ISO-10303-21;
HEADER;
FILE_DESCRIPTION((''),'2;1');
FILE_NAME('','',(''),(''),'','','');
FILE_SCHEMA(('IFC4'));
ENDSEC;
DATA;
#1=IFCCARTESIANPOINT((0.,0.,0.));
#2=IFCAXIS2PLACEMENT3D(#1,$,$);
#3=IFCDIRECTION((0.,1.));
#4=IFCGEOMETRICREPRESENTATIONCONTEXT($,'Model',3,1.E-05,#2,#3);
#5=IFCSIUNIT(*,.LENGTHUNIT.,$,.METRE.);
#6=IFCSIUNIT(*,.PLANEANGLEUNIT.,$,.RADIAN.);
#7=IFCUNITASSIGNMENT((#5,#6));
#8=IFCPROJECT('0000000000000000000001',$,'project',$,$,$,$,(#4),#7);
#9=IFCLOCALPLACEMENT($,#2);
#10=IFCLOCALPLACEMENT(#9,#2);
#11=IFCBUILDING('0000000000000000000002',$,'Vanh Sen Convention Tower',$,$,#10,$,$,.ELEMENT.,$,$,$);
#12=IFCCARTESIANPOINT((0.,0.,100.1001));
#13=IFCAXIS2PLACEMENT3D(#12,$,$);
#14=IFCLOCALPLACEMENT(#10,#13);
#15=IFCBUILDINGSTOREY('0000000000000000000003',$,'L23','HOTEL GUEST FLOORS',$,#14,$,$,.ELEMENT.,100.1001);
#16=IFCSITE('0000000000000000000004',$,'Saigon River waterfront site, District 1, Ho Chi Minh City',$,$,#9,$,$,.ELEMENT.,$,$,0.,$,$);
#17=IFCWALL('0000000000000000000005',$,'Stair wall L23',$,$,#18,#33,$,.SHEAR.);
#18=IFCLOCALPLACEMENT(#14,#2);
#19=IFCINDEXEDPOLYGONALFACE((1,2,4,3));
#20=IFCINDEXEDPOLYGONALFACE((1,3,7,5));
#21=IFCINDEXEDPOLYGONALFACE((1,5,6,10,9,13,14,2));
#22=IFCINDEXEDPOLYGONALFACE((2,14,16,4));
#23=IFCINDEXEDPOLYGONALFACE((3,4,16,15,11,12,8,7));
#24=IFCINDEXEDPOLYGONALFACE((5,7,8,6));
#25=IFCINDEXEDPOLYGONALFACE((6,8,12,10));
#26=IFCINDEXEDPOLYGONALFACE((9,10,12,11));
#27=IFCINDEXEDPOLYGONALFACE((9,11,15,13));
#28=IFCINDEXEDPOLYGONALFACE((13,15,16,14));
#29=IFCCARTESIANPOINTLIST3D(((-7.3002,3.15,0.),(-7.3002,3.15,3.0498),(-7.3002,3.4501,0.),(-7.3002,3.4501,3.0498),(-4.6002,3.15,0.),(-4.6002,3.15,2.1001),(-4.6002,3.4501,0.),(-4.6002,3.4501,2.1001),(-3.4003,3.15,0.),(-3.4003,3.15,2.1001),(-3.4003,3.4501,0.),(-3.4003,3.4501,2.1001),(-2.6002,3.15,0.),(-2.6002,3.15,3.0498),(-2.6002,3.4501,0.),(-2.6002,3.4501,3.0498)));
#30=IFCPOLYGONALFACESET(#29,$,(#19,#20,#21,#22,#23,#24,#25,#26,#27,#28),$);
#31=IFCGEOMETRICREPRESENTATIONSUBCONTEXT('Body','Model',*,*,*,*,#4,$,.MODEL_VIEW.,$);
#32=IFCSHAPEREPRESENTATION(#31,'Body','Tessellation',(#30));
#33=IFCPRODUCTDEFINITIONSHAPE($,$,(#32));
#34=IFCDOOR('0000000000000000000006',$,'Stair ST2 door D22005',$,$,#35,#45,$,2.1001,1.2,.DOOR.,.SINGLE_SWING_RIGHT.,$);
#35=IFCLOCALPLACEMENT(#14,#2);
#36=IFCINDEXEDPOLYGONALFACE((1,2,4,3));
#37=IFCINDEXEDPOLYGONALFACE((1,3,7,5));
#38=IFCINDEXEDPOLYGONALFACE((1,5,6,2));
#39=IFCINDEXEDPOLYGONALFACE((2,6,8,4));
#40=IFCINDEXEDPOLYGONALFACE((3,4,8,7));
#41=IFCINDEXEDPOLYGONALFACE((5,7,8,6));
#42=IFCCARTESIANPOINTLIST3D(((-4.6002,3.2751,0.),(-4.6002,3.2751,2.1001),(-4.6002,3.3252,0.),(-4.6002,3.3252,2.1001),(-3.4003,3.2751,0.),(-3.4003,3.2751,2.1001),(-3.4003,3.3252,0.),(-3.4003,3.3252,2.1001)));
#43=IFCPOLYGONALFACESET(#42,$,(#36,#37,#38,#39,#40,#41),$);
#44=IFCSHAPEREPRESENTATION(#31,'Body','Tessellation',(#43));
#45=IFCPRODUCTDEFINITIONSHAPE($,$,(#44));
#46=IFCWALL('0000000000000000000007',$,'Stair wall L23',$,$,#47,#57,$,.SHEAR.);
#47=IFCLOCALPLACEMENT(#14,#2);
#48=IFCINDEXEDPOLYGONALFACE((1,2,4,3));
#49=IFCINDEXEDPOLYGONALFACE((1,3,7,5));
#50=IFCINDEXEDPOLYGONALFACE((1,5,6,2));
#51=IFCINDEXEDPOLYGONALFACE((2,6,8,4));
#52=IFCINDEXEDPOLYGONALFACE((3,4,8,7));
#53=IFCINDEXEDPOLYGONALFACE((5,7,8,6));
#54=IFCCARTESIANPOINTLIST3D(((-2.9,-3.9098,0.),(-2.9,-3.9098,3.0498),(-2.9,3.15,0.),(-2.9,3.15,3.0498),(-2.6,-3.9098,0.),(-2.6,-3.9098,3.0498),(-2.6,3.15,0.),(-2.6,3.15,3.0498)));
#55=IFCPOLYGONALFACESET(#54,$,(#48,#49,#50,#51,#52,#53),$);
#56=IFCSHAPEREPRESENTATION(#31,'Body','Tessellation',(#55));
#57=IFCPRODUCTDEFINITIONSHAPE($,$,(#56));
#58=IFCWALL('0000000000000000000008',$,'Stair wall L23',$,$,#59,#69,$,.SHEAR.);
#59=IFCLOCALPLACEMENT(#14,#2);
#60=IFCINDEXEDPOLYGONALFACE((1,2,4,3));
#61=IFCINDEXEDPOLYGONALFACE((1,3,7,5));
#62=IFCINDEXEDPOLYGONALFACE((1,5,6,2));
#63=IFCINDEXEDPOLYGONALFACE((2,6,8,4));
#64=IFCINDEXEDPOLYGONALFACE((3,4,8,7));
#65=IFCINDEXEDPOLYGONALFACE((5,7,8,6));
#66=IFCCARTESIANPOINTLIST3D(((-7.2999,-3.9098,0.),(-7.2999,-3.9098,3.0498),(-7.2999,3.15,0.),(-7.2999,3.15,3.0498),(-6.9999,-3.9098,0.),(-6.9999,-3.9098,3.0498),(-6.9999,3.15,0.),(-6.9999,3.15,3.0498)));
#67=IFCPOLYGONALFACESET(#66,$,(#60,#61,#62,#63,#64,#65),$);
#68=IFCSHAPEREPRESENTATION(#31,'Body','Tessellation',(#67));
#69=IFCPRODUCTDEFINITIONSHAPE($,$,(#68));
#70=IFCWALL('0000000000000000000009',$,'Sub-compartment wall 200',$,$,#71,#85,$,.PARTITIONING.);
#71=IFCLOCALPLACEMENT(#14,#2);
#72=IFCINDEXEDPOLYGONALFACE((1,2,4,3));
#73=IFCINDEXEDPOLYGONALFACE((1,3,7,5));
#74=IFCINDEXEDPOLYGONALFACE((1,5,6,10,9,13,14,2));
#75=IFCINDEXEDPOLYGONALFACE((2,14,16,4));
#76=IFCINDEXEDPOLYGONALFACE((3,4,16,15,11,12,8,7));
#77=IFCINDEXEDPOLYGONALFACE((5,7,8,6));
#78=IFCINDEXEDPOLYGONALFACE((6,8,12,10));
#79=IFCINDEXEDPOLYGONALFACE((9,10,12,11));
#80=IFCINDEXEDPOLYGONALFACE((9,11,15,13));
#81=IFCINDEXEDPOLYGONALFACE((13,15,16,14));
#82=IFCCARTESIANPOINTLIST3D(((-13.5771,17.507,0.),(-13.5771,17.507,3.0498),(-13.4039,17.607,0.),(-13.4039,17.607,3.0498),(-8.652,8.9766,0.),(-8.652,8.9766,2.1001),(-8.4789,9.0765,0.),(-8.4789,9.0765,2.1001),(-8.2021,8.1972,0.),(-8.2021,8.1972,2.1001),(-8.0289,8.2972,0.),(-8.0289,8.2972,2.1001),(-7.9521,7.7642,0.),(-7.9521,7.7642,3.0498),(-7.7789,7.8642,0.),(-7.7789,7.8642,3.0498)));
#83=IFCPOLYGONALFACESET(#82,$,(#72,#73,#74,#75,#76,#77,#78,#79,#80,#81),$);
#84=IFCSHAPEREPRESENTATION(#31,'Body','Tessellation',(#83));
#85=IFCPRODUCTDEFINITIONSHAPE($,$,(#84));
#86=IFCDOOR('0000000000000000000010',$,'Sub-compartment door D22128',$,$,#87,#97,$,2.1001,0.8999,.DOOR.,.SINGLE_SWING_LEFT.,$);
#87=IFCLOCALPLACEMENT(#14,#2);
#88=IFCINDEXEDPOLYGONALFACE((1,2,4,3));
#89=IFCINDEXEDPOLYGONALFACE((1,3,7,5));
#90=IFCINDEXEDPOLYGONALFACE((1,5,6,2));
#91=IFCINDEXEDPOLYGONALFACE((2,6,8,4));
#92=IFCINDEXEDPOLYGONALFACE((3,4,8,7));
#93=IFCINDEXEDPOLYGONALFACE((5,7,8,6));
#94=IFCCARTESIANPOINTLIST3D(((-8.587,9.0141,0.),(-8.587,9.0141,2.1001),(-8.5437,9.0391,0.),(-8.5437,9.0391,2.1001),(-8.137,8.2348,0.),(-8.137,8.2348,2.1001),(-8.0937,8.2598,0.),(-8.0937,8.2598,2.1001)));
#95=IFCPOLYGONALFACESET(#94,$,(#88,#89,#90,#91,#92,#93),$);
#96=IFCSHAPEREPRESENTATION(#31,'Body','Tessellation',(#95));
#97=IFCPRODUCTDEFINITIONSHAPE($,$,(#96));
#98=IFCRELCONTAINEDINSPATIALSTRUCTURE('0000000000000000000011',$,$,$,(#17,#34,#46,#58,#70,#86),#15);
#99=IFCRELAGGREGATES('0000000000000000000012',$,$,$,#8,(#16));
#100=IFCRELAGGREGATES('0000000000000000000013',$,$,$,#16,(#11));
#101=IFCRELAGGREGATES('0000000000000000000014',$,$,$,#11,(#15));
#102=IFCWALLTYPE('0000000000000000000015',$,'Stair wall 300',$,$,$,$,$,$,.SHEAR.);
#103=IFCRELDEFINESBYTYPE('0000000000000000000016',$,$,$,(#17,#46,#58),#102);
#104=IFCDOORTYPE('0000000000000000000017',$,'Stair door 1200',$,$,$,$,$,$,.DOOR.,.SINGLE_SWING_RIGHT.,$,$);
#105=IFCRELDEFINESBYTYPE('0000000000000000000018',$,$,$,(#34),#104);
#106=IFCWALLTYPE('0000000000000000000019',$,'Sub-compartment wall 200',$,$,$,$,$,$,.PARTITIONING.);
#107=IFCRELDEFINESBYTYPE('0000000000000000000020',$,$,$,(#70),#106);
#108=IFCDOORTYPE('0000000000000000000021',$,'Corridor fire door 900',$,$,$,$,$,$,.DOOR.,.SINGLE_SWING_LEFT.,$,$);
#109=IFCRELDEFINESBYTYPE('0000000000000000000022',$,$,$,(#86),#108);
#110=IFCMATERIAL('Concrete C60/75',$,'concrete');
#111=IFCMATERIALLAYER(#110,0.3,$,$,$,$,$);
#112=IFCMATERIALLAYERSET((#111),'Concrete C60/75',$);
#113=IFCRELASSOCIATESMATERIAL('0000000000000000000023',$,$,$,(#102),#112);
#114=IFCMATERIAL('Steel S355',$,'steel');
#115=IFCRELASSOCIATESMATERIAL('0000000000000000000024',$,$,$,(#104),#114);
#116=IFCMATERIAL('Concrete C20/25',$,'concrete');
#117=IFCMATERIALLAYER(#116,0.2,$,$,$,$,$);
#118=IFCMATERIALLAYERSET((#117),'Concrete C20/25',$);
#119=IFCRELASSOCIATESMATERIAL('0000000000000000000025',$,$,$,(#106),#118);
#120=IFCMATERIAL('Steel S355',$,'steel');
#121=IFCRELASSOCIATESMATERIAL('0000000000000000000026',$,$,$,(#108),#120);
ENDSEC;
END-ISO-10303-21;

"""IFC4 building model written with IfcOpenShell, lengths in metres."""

from ifc_helpers import new_model, si_unit, direction, frame, frame_2d, origin, place, context, subcontext, project, spatial, rectangle, extrude, material, layer, layer_set, type_object, element, fill, save


model = new_model("IFC4")

# Units and contexts
model_context = context("Model", 3, precision=1e-05, world=origin(), true_north=direction((0.0, 1.0)))
body_context = subcontext(model_context, "Body", "Model", "MODEL_VIEW")
ifc_project = project(units=[si_unit("LENGTHUNIT", "METRE"), si_unit("PLANEANGLEUNIT", "RADIAN")], contexts=[model_context])

# Site, building, storey
site_placement = place(None, origin())
site = spatial("IfcSite", under=ifc_project, at=site_placement, Name="Saigon River waterfront site, District 1, Ho Chi Minh City", CompositionType="ELEMENT", RefElevation=0.0)
building_placement = place(site_placement, origin())
building = spatial("IfcBuilding", under=site, at=building_placement, Name="Vanh Sen Convention Tower", CompositionType="ELEMENT")
storey_placement = place(building_placement, frame((0.0, 0.0, 100.1001)))
storey = spatial("IfcBuildingStorey", under=building, at=storey_placement, Name="L23", Description="HOTEL GUEST FLOORS", CompositionType="ELEMENT", Elevation=100.1001)

# Shared definitions
ifc_material_1 = material(Name="Steel S355", Category="steel")
ifc_material_2 = material(Name="Concrete C60/75", Category="concrete")

# Shared definitions
ifc_layer_1 = layer(ifc_material_2, 0.3)
ifc_layer_set_1 = layer_set([ifc_layer_1], Name="Concrete C60/75")
wall_type_1 = type_object("IfcWallType", Name="Stair wall 300", PredefinedType="SHEAR", material=ifc_layer_set_1)

# Wall, opening, door
wall_1_placement = place(storey_placement, frame((-2.6001, 3.3, 0.0), z_axis=(0.0, 0.0, 1.0), x_axis=(-1.0, 0.0, 0.0)))
wall_1 = element("IfcWall", 1, at=wall_1_placement, inside=storey, type_object=wall_type_1, Name="Stair wall L23", PredefinedType="SHEAR", context=body_context, shape_type="SweptSolid", body=[
    extrude(rectangle(XDim=4.7, YDim=0.3, at=frame_2d((2.3501, 0.0))), origin(), (0.0, 0.0, 1.0), 3.0498),
])
opening_1_placement = place(wall_1_placement, frame((0.8, 0.0, 0.0)))
opening_1 = element("IfcOpeningElement", 2, at=opening_1_placement, cuts=wall_1, PredefinedType="OPENING", context=body_context, shape_type="SweptSolid", body=[
    extrude(rectangle(XDim=1.2, YDim=2.1001, at=frame_2d((0.6001, 1.05))), frame((0.0, 0.1599, 0.0), z_axis=(0.0, -1.0, 0.0), x_axis=(1.0, 0.0, 0.0)), (0.0, 0.0, 1.0), 0.3201),
])
door_type_1 = type_object("IfcDoorType", Name="Stair door 1200", OperationType="SINGLE_SWING_RIGHT", PredefinedType="DOOR", material=ifc_material_1)
door_1_placement = place(opening_1_placement, origin())
door_1 = element("IfcDoor", 3, at=door_1_placement, inside=storey, type_object=door_type_1, Name="Stair ST2 door D22005", OperationType="SINGLE_SWING_RIGHT", OverallHeight=2.1001, OverallWidth=1.2, PredefinedType="DOOR", context=body_context, shape_type="SweptSolid", body=[
    extrude(rectangle(XDim=1.2, YDim=2.1001, at=frame_2d((0.6001, 1.05))), frame((0.0, 0.0249, 0.0), z_axis=(0.0, -1.0, 0.0), x_axis=(1.0, 0.0, 0.0)), (0.0, 0.0, 1.0), 0.05),
])
fill(opening_1, door_1)

# Walls
for number, where, z_axis, x_axis, name in (
    (4, (-2.75, 3.1499, 0.0), (0.0, 0.0, 1.0), (0.0, -1.0, 0.0), "Stair wall L23"),
    (5, (-7.1499, 3.1499, 0.0), (0.0, 0.0, 1.0), (0.0, -1.0, 0.0), "Stair wall L23"),
):
    element("IfcWall", number, at=place(storey_placement, frame(where, z_axis=z_axis, x_axis=x_axis)), inside=storey, type_object=wall_type_1, Name=name, PredefinedType="SHEAR", context=body_context, shape_type="SweptSolid", body=[
        extrude(rectangle(XDim=7.0598, YDim=0.3, at=frame_2d((3.5298, 0.0))), origin(), (0.0, 0.0, 1.0), 3.0498),
    ])

# Wall, opening, door
ifc_material_3 = material(Name="Concrete C20/25", Category="concrete")
ifc_layer_2 = layer(ifc_material_3, 0.2)
ifc_layer_set_2 = layer_set([ifc_layer_2], Name="Concrete C20/25")
wall_type_2 = type_object("IfcWallType", Name="Sub-compartment wall 200", PredefinedType="PARTITIONING", material=ifc_layer_set_2)
wall_2_placement = place(storey_placement, frame((-7.8655, 7.8142, 0.0), z_axis=(0.0, 0.0, 1.0), x_axis=(-0.500004, 0.866023, 0.0)))
wall_2 = element("IfcWall", 6, at=wall_2_placement, inside=storey, type_object=wall_type_2, Name="Sub-compartment wall 200", PredefinedType="PARTITIONING", context=body_context, shape_type="SweptSolid", body=[
    extrude(rectangle(XDim=11.25, YDim=0.2, at=frame_2d((5.625, 0.0))), origin(), (0.0, 0.0, 1.0), 3.0498),
])
opening_2_placement = place(wall_2_placement, frame((0.5, 0.0, 0.0)))
opening_2 = element("IfcOpeningElement", 7, at=opening_2_placement, cuts=wall_2, PredefinedType="OPENING", context=body_context, shape_type="SweptSolid", body=[
    extrude(rectangle(XDim=0.8999, YDim=2.1001, at=frame_2d((0.45, 1.05))), frame((0.0, 0.1099, 0.0), z_axis=(0.0, -1.0, 0.0), x_axis=(1.0, 0.0, 0.0)), (0.0, 0.0, 1.0), 0.22),
])
ifc_material_4 = material(Name="Steel S355", Category="steel")
door_type_2 = type_object("IfcDoorType", Name="Corridor fire door 900", OperationType="SINGLE_SWING_LEFT", PredefinedType="DOOR", material=ifc_material_4)
door_2_placement = place(opening_2_placement, origin())
door_2 = element("IfcDoor", 8, at=door_2_placement, inside=storey, type_object=door_type_2, Name="Sub-compartment door D22128", OperationType="SINGLE_SWING_LEFT", OverallHeight=2.1001, OverallWidth=0.8999, PredefinedType="DOOR", context=body_context, shape_type="SweptSolid", body=[
    extrude(rectangle(XDim=0.8999, YDim=2.1001, at=frame_2d((0.45, 1.05))), frame((0.0, 0.0249, 0.0), z_axis=(0.0, -1.0, 0.0), x_axis=(1.0, 0.0, 0.0)), (0.0, 0.0, 1.0), 0.05),
])
fill(opening_2, door_2)

save(model, "model.ifc")
